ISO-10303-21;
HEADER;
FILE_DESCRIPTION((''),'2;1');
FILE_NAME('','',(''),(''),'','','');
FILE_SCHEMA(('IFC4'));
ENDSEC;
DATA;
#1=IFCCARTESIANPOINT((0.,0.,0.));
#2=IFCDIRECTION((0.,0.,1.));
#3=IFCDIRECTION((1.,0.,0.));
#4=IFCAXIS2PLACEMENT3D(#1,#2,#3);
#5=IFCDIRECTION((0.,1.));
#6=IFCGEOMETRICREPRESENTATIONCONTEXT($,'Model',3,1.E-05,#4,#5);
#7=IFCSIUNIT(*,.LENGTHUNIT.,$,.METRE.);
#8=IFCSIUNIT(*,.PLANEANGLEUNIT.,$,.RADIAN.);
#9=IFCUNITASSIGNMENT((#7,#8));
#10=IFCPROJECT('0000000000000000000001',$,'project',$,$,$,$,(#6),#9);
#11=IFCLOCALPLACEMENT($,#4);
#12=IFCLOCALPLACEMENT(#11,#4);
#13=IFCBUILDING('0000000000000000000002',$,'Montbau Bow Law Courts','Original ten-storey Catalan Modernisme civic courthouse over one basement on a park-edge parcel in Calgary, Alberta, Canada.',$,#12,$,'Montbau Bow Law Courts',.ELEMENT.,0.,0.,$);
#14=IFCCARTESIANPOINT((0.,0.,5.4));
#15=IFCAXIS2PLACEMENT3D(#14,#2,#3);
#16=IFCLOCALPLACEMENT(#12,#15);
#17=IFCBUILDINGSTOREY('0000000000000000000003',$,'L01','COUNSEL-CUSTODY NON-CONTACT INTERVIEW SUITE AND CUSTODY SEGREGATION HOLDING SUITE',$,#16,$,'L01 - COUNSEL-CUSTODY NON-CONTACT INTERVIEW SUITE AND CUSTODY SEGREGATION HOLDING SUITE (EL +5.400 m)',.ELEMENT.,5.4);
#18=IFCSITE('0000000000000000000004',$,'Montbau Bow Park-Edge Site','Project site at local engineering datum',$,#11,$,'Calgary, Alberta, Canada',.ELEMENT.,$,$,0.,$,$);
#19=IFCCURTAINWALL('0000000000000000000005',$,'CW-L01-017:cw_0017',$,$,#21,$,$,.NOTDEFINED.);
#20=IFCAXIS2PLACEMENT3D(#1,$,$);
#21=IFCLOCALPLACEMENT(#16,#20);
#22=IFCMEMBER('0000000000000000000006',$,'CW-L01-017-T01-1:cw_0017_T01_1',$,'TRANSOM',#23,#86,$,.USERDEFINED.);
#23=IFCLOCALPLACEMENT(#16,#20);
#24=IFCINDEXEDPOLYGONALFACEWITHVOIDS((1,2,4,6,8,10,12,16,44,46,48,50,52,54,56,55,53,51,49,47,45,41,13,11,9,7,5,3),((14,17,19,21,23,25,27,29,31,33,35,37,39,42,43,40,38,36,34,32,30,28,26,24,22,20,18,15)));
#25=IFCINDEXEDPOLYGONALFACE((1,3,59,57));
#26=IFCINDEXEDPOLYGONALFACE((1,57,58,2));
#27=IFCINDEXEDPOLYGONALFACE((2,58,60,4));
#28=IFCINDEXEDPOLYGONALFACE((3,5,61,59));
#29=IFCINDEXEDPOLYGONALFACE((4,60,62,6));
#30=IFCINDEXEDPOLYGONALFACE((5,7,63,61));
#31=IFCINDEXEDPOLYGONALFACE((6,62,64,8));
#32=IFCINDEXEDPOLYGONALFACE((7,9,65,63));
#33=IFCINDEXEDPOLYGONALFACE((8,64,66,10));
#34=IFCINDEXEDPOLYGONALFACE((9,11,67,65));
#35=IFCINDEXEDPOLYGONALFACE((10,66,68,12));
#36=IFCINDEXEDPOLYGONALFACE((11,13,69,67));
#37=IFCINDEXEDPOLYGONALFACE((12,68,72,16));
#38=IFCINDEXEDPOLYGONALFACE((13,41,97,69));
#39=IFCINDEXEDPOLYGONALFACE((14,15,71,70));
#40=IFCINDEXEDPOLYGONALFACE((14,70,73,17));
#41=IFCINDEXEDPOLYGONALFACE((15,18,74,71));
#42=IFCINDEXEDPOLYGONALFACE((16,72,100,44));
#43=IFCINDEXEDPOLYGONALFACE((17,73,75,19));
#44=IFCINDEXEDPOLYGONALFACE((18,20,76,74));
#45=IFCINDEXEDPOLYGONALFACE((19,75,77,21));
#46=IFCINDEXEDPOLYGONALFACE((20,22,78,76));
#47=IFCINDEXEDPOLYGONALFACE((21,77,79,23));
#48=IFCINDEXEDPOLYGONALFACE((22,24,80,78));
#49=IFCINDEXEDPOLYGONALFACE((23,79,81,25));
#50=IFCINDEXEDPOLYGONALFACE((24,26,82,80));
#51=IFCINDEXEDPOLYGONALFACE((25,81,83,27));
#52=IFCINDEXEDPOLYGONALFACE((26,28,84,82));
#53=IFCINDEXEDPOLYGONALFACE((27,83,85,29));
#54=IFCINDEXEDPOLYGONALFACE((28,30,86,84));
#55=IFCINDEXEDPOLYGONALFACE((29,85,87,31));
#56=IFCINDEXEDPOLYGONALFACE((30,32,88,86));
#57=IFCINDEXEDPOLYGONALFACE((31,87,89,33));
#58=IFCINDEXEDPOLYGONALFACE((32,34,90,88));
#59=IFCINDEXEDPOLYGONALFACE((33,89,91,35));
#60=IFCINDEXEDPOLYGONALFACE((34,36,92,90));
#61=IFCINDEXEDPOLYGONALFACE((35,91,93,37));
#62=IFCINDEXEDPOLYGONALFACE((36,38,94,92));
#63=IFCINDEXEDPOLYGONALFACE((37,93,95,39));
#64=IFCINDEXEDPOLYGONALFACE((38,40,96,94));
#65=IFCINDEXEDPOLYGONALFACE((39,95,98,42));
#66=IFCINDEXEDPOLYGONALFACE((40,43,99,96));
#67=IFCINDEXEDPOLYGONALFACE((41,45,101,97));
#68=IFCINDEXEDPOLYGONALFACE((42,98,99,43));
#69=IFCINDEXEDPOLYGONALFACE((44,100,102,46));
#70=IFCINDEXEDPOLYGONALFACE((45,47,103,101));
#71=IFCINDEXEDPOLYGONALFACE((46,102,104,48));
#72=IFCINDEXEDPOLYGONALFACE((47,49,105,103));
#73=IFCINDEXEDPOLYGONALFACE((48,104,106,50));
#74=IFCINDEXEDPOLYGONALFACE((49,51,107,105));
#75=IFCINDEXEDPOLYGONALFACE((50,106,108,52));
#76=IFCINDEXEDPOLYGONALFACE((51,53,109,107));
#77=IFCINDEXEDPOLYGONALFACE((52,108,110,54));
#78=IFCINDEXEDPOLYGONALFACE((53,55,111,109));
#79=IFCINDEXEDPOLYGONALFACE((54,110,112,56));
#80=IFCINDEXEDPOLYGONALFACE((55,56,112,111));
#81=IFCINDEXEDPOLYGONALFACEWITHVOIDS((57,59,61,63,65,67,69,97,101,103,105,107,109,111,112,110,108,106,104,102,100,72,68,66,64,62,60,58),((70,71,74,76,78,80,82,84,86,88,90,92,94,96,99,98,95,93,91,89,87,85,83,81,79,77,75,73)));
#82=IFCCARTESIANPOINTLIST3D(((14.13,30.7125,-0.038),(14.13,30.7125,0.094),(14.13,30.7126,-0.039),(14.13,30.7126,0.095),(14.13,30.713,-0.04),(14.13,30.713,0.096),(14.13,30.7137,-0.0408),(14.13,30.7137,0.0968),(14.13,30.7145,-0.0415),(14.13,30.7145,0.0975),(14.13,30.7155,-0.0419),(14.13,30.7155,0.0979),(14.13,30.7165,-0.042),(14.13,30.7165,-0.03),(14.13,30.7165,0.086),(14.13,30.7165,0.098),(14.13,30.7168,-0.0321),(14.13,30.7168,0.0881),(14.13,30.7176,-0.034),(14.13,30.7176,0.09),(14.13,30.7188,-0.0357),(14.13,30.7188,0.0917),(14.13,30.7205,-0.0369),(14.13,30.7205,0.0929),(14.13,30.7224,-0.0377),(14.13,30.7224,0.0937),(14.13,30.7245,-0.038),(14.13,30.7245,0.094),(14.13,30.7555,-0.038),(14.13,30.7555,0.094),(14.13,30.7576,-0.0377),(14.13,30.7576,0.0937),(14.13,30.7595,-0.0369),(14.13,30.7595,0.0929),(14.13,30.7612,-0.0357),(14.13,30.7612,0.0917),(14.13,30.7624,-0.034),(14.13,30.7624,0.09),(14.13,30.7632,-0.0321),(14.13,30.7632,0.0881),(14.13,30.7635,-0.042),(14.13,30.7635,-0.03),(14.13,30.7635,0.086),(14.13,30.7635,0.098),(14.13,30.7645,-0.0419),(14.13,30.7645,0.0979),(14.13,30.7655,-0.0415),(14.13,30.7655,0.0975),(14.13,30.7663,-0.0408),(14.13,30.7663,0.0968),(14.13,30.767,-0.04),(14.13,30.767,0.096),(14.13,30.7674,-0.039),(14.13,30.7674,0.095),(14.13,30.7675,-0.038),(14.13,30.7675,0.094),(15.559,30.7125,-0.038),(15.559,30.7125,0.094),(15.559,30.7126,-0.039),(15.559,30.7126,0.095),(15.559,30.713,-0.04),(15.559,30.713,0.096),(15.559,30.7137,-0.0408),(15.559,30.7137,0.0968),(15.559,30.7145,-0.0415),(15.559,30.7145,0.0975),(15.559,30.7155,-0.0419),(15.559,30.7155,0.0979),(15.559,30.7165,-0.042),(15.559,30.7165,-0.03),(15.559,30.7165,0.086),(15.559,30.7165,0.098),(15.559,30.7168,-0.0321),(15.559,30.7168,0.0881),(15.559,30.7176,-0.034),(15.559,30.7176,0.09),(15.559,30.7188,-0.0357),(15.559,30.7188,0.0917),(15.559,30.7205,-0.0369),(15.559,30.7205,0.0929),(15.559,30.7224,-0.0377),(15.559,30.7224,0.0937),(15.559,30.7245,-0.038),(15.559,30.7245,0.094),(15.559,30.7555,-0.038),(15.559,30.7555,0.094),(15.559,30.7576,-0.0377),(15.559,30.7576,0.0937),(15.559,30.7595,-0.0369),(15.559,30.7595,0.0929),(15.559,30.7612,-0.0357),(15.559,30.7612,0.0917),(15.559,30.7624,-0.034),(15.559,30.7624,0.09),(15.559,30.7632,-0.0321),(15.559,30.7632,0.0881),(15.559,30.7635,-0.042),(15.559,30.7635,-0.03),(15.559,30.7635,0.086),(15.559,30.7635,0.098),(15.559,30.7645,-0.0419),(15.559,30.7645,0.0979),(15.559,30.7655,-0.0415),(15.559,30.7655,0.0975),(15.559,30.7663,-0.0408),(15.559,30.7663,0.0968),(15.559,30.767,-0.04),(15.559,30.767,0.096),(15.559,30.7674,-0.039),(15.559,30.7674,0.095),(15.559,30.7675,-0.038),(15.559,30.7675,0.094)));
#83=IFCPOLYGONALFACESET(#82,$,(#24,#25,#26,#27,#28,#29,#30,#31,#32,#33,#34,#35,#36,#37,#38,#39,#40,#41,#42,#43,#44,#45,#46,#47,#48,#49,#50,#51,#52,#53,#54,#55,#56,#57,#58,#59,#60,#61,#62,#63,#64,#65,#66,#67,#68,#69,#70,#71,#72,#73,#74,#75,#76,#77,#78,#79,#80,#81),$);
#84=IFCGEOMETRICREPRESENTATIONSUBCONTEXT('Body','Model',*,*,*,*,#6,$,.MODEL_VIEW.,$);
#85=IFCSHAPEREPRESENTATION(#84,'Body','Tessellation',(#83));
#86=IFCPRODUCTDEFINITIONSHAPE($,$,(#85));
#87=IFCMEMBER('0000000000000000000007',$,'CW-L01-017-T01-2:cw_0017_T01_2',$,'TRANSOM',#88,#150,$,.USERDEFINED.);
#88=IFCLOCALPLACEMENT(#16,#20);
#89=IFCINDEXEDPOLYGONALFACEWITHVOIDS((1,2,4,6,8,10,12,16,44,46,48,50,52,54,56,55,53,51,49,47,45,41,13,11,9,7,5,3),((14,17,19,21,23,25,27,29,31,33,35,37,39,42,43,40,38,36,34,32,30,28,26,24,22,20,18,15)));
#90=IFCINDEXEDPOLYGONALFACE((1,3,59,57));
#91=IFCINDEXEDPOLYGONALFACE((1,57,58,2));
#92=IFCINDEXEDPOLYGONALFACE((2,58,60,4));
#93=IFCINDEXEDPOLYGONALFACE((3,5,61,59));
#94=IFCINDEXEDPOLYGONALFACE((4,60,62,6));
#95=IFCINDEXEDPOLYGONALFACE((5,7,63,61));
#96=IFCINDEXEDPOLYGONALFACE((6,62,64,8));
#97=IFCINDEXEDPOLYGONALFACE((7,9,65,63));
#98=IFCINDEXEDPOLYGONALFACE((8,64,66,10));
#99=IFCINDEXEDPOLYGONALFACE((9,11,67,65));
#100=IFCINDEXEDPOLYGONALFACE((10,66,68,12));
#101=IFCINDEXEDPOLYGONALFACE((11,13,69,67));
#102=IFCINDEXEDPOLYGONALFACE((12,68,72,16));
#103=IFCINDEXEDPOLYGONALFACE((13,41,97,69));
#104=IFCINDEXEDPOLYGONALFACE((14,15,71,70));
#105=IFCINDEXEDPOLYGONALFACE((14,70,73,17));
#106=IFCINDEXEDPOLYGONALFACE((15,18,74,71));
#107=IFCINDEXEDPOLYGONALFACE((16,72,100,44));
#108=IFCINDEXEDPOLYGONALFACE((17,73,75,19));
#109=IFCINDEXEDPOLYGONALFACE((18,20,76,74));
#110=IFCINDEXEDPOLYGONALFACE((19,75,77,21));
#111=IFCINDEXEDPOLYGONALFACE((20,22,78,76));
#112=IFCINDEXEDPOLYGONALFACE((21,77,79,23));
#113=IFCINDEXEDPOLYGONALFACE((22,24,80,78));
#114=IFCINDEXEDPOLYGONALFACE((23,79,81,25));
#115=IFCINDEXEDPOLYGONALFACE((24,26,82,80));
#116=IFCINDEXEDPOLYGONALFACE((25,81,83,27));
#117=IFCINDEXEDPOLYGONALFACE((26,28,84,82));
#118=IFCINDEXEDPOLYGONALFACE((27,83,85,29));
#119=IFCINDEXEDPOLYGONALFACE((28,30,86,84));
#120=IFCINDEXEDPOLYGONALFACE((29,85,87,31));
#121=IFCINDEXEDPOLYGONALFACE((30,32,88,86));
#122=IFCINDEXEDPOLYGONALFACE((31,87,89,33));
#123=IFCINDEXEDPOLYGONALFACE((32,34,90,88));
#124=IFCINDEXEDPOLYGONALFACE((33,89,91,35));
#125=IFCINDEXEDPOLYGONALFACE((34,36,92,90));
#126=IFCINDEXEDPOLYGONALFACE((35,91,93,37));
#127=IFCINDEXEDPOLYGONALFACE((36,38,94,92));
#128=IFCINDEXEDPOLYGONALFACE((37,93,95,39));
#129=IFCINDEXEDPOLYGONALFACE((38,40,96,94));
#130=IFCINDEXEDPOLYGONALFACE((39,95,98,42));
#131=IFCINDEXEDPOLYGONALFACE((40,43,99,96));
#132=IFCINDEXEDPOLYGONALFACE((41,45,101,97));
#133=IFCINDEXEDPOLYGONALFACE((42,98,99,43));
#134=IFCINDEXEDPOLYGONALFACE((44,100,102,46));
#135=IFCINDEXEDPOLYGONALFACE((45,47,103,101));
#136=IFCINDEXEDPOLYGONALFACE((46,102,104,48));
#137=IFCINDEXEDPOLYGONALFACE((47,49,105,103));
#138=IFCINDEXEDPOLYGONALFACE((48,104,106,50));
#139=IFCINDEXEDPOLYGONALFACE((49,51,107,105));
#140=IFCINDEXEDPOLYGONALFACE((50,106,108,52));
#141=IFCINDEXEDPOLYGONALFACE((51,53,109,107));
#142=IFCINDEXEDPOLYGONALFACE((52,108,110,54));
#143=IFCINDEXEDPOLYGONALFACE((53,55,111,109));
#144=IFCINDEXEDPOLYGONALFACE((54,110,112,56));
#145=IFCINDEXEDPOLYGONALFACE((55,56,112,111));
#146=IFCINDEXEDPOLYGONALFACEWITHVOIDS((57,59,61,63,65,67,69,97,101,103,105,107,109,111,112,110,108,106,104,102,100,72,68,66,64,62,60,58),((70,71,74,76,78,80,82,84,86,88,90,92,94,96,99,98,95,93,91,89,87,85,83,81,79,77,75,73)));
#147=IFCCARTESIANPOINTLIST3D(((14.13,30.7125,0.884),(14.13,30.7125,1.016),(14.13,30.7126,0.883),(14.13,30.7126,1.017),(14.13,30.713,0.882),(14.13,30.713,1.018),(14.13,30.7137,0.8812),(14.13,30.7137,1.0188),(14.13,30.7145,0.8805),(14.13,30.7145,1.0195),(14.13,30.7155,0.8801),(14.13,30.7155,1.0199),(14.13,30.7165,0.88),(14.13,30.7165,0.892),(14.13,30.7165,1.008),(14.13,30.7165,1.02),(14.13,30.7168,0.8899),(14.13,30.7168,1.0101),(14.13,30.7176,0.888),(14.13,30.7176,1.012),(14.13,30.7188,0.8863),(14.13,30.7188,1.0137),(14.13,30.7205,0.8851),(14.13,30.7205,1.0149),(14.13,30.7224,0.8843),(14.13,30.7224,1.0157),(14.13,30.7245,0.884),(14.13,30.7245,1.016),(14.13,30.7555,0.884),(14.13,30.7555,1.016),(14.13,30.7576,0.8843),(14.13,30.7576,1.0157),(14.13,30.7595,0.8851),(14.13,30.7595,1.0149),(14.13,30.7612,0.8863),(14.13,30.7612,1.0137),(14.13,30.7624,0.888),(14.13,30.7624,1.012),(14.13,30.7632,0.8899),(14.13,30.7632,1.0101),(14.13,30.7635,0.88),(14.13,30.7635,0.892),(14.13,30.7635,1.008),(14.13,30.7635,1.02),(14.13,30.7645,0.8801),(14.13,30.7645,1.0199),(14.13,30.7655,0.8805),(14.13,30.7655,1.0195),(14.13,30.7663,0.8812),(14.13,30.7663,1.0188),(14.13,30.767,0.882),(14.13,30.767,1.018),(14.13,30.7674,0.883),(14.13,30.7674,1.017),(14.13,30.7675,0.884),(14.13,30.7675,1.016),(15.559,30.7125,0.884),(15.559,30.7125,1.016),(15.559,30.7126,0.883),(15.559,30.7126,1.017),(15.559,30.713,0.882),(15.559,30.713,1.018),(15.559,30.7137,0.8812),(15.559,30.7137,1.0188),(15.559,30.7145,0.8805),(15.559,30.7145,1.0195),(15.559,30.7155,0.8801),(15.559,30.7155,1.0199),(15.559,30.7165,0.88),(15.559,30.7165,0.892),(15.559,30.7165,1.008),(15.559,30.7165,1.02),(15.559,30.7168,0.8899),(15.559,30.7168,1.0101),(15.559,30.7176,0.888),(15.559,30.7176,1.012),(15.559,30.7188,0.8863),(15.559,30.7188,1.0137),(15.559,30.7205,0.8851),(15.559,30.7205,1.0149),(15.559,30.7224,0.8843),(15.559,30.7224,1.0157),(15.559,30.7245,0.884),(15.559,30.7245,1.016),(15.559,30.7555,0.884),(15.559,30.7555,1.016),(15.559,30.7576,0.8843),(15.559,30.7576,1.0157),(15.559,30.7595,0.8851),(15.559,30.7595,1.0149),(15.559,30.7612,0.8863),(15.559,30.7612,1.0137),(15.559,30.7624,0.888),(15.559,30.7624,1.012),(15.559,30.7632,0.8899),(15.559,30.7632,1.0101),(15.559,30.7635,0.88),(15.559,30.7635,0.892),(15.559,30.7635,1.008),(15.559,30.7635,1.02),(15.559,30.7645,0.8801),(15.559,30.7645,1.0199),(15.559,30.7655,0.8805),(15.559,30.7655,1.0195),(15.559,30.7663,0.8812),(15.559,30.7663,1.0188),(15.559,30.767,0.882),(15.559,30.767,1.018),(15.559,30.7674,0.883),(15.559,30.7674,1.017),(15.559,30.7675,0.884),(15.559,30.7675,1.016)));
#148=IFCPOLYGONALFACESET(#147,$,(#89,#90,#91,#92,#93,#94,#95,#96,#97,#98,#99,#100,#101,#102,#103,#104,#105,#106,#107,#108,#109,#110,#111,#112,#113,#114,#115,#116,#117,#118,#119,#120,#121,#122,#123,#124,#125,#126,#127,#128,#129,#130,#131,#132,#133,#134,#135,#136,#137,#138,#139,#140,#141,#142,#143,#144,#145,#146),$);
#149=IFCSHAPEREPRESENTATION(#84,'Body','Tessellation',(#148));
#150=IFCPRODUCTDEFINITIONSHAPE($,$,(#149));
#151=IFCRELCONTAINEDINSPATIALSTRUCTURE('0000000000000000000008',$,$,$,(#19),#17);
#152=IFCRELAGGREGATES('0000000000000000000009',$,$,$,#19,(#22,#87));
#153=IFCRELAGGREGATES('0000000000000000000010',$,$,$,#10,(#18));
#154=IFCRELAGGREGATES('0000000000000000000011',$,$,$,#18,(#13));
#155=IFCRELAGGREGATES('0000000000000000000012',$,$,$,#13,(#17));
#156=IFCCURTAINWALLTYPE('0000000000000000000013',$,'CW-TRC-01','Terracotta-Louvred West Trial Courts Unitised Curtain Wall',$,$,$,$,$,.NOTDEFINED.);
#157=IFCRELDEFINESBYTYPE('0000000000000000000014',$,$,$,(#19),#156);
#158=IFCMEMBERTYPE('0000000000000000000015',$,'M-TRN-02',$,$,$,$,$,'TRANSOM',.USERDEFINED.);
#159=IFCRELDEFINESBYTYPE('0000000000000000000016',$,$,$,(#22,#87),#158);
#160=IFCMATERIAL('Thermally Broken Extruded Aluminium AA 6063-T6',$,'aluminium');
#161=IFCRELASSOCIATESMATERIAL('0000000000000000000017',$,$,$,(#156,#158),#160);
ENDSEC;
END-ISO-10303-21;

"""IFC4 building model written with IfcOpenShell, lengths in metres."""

from ifc_helpers import new_model, si_unit, direction, frame, origin_with_axes, origin_2d_with_axis, place, context, subcontext, project, spatial, hollow_rectangle, extrude, material, material_profile, profile_set, type_object, element, aggregate, save


model = new_model("IFC4")

# Units and contexts
model_context = context("Model", 3, precision=1e-05, world=origin_with_axes(), true_north=direction((0.0, 1.0)))
body_context = subcontext(model_context, "Body", "Model", "MODEL_VIEW")
ifc_project = project(units=[si_unit("LENGTHUNIT", "METRE"), si_unit("PLANEANGLEUNIT", "RADIAN")], contexts=[model_context])

# Site, building, storey
site_placement = place(None, origin_with_axes())
site = spatial("IfcSite", under=ifc_project, at=site_placement, Name="Montbau Bow Park-Edge Site", Description="Project site at local engineering datum", LongName="Calgary, Alberta, Canada", CompositionType="ELEMENT", RefElevation=0.0)
building_placement = place(site_placement, origin_with_axes())
building = spatial("IfcBuilding", under=site, at=building_placement, Name="Montbau Bow Law Courts", Description="Original ten-storey Catalan Modernisme civic courthouse over one basement on a park-edge parcel in Calgary, Alberta, Canada.", LongName="Montbau Bow Law Courts", CompositionType="ELEMENT", ElevationOfRefHeight=0.0, ElevationOfTerrain=0.0)
storey_placement = place(building_placement, frame((0.0, 0.0, 5.4), z_axis=(0.0, 0.0, 1.0), x_axis=(1.0, 0.0, 0.0)))
storey = spatial("IfcBuildingStorey", under=building, at=storey_placement, Name="L01", Description="COUNSEL-CUSTODY NON-CONTACT INTERVIEW SUITE AND CUSTODY SEGREGATION HOLDING SUITE", LongName="L01 - COUNSEL-CUSTODY NON-CONTACT INTERVIEW SUITE AND CUSTODY SEGREGATION HOLDING SUITE (EL +5.400 m)", CompositionType="ELEMENT", Elevation=5.4)

# Shared definitions
ifc_material_1 = material(Name="Thermally Broken Extruded Aluminium AA 6063-T6", Category="aluminium")
curtain_wall_type = type_object("IfcCurtainWallType", Name="CW-TRC-01", Description="Terracotta-Louvred West Trial Courts Unitised Curtain Wall", PredefinedType="NOTDEFINED", material=ifc_material_1)

# Curtain wall
curtain_wall_1_placement = place(None, frame((14.068, 30.74, 5.4), z_axis=(0.0, 0.0, 1.0), x_axis=(1.0, 0.0, 0.0)))
curtain_wall_1 = element("IfcCurtainWall", 1, at=curtain_wall_1_placement, inside=storey, type_object=curtain_wall_type, Name="CW-L01-017:cw_0017", PredefinedType="NOTDEFINED")

# Members
ifc_material_profile_1 = material_profile(ifc_material_1, hollow_rectangle(XDim=0.055, YDim=0.14, WallThickness=0.004, InnerFilletRadius=0.008, OuterFilletRadius=0.004, at=origin_2d_with_axis()), Name="CWT-140X55", Category="Main", Priority=0)
ifc_profile_set_1 = profile_set([ifc_material_profile_1], Name="Thermally Broken Extruded Aluminium AA 6063-T6")
member_type_1 = type_object("IfcMemberType", Name="M-TRN-02", ElementType="TRANSOM", PredefinedType="USERDEFINED", material=ifc_profile_set_1)
member_1_placement = place(None, frame((14.13, 30.74, 5.428), z_axis=(1.0, 0.0, 0.0), x_axis=(0.0, 1.0, 0.0)))
member_1 = element("IfcMember", 2, at=member_1_placement, type_object=member_type_1, Name="CW-L01-017-T01-1:cw_0017_T01_1", ObjectType="TRANSOM", PredefinedType="USERDEFINED", context=body_context, shape_type="SweptSolid", body=[
    extrude(hollow_rectangle(XDim=0.055, YDim=0.14, WallThickness=0.004, InnerFilletRadius=0.008, OuterFilletRadius=0.004, at=origin_2d_with_axis()), origin_with_axes(), (0.0, 0.0, 1.0), 1.429),
])
member_2_placement = place(None, frame((14.13, 30.74, 6.35), z_axis=(1.0, 0.0, 0.0), x_axis=(0.0, 1.0, 0.0)))
member_2 = element("IfcMember", 3, at=member_2_placement, type_object=member_type_1, Name="CW-L01-017-T01-2:cw_0017_T01_2", ObjectType="TRANSOM", PredefinedType="USERDEFINED", context=body_context, shape_type="SweptSolid", body=[
    extrude(hollow_rectangle(XDim=0.055, YDim=0.14, WallThickness=0.004, InnerFilletRadius=0.008, OuterFilletRadius=0.004, at=origin_2d_with_axis()), origin_with_axes(), (0.0, 0.0, 1.0), 1.429),
])

aggregate(curtain_wall_1, [member_1, member_2])

save(model, "model.ifc")
